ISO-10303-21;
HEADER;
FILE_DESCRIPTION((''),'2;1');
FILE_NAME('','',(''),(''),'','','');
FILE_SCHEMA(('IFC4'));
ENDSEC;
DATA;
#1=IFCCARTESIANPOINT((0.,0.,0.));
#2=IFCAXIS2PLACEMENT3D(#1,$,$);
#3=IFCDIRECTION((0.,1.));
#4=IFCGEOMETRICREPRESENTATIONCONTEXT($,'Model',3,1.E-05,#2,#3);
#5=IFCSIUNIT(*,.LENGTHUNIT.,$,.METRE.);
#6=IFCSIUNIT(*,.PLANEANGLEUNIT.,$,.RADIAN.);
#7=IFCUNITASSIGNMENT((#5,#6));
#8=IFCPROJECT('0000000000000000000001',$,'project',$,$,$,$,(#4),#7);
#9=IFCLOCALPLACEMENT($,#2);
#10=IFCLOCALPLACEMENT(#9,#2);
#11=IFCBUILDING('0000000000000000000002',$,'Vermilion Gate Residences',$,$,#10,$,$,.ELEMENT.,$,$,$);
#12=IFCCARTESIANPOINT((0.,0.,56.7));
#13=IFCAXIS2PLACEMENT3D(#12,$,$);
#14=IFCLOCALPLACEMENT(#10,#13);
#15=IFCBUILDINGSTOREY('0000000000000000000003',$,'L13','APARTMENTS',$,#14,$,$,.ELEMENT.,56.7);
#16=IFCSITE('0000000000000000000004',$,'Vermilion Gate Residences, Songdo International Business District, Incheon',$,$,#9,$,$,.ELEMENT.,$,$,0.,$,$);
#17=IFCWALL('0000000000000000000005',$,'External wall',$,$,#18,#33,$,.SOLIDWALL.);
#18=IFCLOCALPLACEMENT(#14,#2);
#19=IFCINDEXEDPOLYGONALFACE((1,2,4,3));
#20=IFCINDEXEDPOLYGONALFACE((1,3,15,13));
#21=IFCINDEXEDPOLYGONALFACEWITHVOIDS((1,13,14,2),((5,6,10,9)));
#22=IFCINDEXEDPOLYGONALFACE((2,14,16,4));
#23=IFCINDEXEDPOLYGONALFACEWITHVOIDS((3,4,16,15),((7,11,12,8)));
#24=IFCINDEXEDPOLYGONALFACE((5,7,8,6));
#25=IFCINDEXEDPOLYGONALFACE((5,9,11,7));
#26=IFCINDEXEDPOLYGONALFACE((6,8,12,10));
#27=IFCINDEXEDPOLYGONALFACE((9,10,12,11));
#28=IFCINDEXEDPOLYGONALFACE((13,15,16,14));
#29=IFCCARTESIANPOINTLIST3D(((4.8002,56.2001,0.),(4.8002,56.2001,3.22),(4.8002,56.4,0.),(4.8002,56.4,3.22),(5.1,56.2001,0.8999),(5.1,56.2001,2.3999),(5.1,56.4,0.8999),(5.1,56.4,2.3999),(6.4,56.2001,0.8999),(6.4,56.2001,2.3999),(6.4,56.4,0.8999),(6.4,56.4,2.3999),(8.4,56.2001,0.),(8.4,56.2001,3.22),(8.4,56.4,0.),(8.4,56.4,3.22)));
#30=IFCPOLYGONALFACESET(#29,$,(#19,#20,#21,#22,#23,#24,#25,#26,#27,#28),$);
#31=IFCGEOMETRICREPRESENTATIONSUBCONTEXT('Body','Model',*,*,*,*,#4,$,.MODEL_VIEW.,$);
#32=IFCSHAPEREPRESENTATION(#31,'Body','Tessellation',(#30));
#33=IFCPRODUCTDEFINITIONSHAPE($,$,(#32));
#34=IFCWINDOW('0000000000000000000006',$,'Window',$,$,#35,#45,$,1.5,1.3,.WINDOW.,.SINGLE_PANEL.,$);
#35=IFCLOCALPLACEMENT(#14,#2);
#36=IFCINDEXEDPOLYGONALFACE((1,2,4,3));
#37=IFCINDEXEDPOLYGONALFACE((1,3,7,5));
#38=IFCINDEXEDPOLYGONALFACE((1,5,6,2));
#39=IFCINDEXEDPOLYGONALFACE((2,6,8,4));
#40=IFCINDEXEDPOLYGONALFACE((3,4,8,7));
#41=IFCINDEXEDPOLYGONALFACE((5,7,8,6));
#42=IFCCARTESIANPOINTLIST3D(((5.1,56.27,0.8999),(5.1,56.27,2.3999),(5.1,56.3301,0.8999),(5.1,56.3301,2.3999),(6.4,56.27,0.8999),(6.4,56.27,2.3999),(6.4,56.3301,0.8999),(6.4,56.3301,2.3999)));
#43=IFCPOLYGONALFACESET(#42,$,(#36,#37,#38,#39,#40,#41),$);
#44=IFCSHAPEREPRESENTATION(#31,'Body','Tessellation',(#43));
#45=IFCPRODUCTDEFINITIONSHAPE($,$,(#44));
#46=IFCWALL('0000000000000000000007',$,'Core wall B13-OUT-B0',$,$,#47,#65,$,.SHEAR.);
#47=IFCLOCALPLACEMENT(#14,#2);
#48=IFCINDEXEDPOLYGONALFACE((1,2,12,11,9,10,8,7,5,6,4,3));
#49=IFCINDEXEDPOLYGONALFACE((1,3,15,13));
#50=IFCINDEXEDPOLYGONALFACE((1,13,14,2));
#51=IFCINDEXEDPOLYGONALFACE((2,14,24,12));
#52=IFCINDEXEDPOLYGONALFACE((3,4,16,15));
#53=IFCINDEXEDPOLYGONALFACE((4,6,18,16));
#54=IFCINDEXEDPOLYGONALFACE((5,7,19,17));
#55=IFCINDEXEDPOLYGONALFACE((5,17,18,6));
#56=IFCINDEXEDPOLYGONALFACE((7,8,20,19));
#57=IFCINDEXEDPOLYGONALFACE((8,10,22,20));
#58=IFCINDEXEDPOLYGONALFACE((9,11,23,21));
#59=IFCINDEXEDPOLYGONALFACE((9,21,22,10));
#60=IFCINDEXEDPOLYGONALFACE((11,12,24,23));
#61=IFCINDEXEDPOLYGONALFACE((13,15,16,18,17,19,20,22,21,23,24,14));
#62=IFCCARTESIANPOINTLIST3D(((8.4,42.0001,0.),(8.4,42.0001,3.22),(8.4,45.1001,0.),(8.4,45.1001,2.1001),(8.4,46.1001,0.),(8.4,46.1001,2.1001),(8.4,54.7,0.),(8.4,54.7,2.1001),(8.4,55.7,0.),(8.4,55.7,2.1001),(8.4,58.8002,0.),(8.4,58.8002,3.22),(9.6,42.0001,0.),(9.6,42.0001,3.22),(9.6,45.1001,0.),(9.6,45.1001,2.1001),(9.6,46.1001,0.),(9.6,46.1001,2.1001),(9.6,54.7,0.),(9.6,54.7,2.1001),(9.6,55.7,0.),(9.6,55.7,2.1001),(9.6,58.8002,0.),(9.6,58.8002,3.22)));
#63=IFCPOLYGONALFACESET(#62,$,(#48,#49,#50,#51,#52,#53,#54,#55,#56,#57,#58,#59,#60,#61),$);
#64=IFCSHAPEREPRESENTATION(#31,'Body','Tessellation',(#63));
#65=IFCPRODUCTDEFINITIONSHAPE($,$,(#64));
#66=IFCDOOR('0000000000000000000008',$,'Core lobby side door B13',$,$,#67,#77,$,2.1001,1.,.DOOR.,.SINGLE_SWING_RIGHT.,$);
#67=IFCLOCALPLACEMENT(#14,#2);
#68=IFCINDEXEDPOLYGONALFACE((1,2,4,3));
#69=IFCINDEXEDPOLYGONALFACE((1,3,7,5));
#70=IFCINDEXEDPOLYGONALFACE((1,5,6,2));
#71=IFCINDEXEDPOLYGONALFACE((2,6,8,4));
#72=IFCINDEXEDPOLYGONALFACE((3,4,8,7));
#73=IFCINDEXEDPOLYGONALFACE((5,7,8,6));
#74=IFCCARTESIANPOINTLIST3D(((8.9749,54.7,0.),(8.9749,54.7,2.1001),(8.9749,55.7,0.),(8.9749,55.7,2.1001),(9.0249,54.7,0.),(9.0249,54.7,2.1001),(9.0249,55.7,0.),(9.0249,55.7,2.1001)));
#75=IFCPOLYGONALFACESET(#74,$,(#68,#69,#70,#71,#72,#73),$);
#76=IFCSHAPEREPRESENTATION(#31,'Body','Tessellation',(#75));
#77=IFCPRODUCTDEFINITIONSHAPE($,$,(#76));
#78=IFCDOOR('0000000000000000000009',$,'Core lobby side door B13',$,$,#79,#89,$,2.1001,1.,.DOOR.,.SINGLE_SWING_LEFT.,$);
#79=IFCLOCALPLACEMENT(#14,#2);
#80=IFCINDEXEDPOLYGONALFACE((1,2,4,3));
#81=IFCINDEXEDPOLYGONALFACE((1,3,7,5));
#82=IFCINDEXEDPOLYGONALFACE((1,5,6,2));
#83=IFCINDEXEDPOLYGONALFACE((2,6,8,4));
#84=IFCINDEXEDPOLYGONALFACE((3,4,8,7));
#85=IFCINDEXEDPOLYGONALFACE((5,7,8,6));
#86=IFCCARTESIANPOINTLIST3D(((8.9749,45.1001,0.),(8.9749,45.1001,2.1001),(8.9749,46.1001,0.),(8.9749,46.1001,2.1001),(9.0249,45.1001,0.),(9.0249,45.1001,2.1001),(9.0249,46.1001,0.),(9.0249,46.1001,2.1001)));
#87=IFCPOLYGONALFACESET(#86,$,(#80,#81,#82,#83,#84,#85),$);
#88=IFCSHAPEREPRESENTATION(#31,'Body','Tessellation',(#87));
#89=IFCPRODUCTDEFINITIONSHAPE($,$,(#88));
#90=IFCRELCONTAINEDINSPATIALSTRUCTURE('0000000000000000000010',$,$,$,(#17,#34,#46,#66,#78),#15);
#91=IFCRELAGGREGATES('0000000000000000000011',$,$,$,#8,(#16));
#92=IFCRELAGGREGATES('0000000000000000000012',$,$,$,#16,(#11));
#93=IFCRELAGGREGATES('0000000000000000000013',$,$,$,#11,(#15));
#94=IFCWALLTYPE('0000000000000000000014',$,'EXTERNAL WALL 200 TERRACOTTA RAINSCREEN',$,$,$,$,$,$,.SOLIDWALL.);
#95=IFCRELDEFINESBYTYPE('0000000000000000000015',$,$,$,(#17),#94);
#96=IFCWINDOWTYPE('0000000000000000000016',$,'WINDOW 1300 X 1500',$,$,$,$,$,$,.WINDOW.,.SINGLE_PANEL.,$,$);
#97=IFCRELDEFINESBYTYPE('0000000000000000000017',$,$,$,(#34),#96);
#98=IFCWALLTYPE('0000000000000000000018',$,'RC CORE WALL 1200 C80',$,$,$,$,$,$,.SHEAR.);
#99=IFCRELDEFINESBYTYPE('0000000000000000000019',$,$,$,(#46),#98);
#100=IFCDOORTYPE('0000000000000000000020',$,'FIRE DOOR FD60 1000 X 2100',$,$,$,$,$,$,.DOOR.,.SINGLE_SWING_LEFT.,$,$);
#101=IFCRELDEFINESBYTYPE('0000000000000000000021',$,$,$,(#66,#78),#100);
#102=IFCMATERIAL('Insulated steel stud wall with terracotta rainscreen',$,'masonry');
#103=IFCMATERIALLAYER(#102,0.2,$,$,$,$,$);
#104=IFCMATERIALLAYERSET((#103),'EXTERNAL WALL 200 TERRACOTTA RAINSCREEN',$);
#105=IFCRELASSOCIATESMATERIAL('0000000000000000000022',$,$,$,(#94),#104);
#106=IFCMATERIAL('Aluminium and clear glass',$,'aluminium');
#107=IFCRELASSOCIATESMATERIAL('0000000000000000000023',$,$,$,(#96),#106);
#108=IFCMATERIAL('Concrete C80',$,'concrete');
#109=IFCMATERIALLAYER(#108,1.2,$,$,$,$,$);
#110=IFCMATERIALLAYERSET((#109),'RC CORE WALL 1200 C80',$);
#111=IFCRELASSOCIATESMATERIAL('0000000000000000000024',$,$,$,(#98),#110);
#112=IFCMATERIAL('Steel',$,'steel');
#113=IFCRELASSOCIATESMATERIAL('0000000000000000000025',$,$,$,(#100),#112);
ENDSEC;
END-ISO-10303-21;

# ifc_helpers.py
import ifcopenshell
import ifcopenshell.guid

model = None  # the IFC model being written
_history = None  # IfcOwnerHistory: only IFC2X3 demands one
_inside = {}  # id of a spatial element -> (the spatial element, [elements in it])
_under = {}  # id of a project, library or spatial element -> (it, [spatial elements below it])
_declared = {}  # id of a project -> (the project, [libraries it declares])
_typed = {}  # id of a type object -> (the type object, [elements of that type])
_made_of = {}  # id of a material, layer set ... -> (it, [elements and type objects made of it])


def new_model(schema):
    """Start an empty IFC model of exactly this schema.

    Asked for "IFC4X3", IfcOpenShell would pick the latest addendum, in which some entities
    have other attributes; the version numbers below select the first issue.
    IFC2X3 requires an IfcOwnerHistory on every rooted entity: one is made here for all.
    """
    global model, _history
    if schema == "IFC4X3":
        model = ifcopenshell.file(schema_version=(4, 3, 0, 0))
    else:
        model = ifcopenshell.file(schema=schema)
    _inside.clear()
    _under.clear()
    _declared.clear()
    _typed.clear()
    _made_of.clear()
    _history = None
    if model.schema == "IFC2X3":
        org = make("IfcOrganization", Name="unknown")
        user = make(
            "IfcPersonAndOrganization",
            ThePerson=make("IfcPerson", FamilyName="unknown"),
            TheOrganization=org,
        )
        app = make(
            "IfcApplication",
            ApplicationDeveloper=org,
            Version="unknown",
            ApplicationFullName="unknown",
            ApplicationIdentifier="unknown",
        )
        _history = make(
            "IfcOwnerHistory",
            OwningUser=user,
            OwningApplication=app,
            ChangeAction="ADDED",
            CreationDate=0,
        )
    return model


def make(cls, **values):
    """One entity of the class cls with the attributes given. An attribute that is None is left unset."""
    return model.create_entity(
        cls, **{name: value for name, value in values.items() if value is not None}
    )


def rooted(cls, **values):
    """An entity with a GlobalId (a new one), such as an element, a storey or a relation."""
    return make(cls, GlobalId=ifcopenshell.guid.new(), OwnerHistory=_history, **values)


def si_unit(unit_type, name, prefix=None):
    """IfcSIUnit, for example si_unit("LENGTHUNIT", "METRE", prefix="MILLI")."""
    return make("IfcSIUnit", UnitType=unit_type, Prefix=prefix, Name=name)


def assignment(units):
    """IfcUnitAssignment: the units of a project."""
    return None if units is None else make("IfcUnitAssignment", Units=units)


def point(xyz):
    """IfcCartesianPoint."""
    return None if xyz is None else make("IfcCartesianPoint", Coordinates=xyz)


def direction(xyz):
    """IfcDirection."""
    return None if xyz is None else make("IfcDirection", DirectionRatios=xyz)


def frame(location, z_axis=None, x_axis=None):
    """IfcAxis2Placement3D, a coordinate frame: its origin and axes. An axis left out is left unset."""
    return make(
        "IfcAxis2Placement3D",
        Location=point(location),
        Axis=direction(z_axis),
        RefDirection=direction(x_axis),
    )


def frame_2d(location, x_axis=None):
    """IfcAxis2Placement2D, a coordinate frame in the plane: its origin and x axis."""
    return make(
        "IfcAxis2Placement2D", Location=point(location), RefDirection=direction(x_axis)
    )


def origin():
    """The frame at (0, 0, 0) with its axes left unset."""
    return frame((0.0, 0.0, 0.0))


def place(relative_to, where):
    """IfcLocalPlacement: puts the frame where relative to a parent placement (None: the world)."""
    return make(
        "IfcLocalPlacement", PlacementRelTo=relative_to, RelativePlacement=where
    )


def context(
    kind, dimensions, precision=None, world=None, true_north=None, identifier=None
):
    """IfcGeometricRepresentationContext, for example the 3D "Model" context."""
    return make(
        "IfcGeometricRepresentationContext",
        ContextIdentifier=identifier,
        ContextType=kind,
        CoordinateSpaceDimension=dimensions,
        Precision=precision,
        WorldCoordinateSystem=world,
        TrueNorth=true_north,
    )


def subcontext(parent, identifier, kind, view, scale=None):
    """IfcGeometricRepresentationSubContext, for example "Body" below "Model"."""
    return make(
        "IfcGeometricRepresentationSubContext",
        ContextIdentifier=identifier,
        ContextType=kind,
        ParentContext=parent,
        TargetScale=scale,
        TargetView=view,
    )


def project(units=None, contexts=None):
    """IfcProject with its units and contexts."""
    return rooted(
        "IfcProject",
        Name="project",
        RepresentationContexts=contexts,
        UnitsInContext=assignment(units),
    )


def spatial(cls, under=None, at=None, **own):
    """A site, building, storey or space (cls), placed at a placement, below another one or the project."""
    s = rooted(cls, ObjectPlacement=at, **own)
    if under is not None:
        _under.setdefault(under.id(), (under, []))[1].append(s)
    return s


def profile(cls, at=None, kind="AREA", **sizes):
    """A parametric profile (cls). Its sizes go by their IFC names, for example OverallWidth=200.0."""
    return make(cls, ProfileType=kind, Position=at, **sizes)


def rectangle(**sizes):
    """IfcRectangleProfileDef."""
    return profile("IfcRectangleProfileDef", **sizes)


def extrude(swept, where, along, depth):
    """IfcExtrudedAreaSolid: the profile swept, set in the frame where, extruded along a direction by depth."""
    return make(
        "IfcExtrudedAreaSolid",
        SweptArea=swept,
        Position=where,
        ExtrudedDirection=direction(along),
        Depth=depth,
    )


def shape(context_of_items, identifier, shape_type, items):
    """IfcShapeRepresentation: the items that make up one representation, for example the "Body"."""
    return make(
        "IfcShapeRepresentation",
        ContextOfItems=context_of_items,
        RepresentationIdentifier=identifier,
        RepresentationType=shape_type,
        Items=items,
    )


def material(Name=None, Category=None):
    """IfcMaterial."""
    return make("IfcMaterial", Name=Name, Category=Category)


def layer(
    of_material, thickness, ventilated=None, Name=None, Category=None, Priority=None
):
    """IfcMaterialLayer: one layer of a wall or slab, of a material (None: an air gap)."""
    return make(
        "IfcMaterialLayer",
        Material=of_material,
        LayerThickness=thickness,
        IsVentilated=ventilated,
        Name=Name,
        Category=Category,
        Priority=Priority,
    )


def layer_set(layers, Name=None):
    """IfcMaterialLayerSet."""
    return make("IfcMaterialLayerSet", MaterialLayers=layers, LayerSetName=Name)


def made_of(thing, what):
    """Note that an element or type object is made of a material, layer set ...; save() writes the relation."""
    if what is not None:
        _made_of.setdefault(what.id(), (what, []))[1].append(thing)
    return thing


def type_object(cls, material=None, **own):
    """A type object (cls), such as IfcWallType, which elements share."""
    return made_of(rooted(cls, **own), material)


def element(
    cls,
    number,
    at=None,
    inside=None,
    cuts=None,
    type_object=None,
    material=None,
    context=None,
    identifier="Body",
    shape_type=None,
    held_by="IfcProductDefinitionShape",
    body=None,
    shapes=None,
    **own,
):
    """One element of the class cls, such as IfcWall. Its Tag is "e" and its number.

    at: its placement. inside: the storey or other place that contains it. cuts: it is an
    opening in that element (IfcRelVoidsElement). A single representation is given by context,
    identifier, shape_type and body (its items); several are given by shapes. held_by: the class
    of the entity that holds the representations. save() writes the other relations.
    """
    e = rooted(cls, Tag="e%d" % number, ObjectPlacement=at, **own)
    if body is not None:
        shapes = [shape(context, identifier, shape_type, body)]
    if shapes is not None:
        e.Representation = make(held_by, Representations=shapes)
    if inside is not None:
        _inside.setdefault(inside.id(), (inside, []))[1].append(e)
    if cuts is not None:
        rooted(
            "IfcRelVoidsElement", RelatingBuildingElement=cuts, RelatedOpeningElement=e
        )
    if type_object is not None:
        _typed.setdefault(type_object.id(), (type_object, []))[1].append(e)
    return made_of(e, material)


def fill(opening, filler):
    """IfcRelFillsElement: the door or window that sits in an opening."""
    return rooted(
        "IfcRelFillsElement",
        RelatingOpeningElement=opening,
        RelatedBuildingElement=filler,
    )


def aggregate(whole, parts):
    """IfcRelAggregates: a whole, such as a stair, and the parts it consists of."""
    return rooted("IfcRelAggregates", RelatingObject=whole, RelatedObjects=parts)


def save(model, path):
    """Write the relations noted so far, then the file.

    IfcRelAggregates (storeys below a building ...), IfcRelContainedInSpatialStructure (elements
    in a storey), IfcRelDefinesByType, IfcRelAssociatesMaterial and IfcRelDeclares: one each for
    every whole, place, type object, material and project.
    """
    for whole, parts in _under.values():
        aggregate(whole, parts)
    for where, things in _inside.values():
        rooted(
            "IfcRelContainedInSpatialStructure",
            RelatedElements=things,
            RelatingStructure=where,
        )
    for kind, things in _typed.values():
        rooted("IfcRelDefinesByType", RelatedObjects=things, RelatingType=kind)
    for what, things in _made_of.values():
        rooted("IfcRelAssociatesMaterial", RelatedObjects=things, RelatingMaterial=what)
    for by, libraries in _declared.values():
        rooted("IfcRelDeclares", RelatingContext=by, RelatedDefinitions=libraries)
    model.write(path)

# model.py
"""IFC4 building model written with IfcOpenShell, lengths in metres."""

from ifc_helpers import new_model, si_unit, direction, frame, frame_2d, origin, place, context, subcontext, project, spatial, rectangle, extrude, material, layer, layer_set, type_object, element, fill, save


model = new_model("IFC4")

# Units and contexts
model_context = context("Model", 3, precision=1e-05, world=origin(), true_north=direction((0.0, 1.0)))
body_context = subcontext(model_context, "Body", "Model", "MODEL_VIEW")
ifc_project = project(units=[si_unit("LENGTHUNIT", "METRE"), si_unit("PLANEANGLEUNIT", "RADIAN")], contexts=[model_context])

# Site, building, storey
site_placement = place(None, origin())
site = spatial("IfcSite", under=ifc_project, at=site_placement, Name="Vermilion Gate Residences, Songdo International Business District, Incheon", CompositionType="ELEMENT", RefElevation=0.0)
building_placement = place(site_placement, origin())
building = spatial("IfcBuilding", under=site, at=building_placement, Name="Vermilion Gate Residences", CompositionType="ELEMENT")
storey_placement = place(building_placement, frame((0.0, 0.0, 56.7)))
storey = spatial("IfcBuildingStorey", under=building, at=storey_placement, Name="L13", Description="APARTMENTS", CompositionType="ELEMENT", Elevation=56.7)

# Wall, opening, window
ifc_material_1 = material(Name="Insulated steel stud wall with terracotta rainscreen", Category="masonry")
ifc_layer_1 = layer(ifc_material_1, 0.2)
ifc_layer_set_1 = layer_set([ifc_layer_1], Name="EXTERNAL WALL 200 TERRACOTTA RAINSCREEN")
wall_type_1 = type_object("IfcWallType", Name="EXTERNAL WALL 200 TERRACOTTA RAINSCREEN", PredefinedType="SOLIDWALL", material=ifc_layer_set_1)
wall_1_placement = place(storey_placement, frame((8.3999, 56.3, 0.0), z_axis=(0.0, 0.0, 1.0), x_axis=(-1.0, 0.0, 0.0)))
wall_1 = element("IfcWall", 1, at=wall_1_placement, inside=storey, type_object=wall_type_1, Name="External wall", PredefinedType="SOLIDWALL", context=body_context, shape_type="SweptSolid", body=[
    extrude(rectangle(XDim=3.5999, YDim=0.2, at=frame_2d((1.7998, 0.0))), origin(), (0.0, 0.0, 1.0), 3.22),
])
opening_1_placement = place(wall_1_placement, frame((2.0, 0.0, 0.8999)))
opening_1 = element("IfcOpeningElement", 2, at=opening_1_placement, cuts=wall_1, PredefinedType="OPENING", context=body_context, shape_type="SweptSolid", body=[
    extrude(rectangle(XDim=1.3, YDim=1.5, at=frame_2d((0.6499, 0.75))), frame((0.0, 0.1099, 0.0), z_axis=(0.0, -1.0, 0.0), x_axis=(1.0, 0.0, 0.0)), (0.0, 0.0, 1.0), 0.22),
])
ifc_material_2 = material(Name="Aluminium and clear glass", Category="aluminium")
window_type_1 = type_object("IfcWindowType", Name="WINDOW 1300 X 1500", PartitioningType="SINGLE_PANEL", PredefinedType="WINDOW", material=ifc_material_2)
window_1_placement = place(opening_1_placement, origin())
window_1 = element("IfcWindow", 3, at=window_1_placement, inside=storey, type_object=window_type_1, Name="Window", OverallHeight=1.5, OverallWidth=1.3, PartitioningType="SINGLE_PANEL", PredefinedType="WINDOW", context=body_context, shape_type="SweptSolid", body=[
    extrude(rectangle(XDim=1.3, YDim=1.5, at=frame_2d((0.6499, 0.75))), frame((0.0, 0.03, 0.0), z_axis=(0.0, -1.0, 0.0), x_axis=(1.0, 0.0, 0.0)), (0.0, 0.0, 1.0), 0.0601),
])
fill(opening_1, window_1)

# Wall, openings, doors
ifc_material_3 = material(Name="Concrete C80", Category="concrete")
ifc_layer_2 = layer(ifc_material_3, 1.2)
ifc_layer_set_2 = layer_set([ifc_layer_2], Name="RC CORE WALL 1200 C80")
wall_type_2 = type_object("IfcWallType", Name="RC CORE WALL 1200 C80", PredefinedType="SHEAR", material=ifc_layer_set_2)
wall_2_placement = place(storey_placement, frame((9.0, 58.8, 0.0), z_axis=(0.0, 0.0, 1.0), x_axis=(0.0, -1.0, 0.0)))
wall_2 = element("IfcWall", 4, at=wall_2_placement, inside=storey, type_object=wall_type_2, Name="Core wall B13-OUT-B0", PredefinedType="SHEAR", context=body_context, shape_type="SweptSolid", body=[
    extrude(rectangle(XDim=16.8, YDim=1.2, at=frame_2d((8.3999, 0.0))), origin(), (0.0, 0.0, 1.0), 3.22),
])
opening_2_placement = place(wall_2_placement, frame((3.1001, 0.0, 0.0)))
opening_2 = element("IfcOpeningElement", 5, at=opening_2_placement, cuts=wall_2, PredefinedType="OPENING", context=body_context, shape_type="SweptSolid", body=[
    extrude(rectangle(XDim=1.0, YDim=2.1001, at=frame_2d((0.5, 1.05))), frame((0.0, 0.6099, 0.0), z_axis=(0.0, -1.0, 0.0), x_axis=(1.0, 0.0, 0.0)), (0.0, 0.0, 1.0), 1.22),
])
opening_3_placement = place(wall_2_placement, frame((12.7, 0.0, 0.0)))
opening_3 = element("IfcOpeningElement", 6, at=opening_3_placement, cuts=wall_2, PredefinedType="OPENING", context=body_context, shape_type="SweptSolid", body=[
    extrude(rectangle(XDim=1.0, YDim=2.1001, at=frame_2d((0.5, 1.05))), frame((0.0, 0.6099, 0.0), z_axis=(0.0, -1.0, 0.0), x_axis=(1.0, 0.0, 0.0)), (0.0, 0.0, 1.0), 1.22),
])
ifc_material_4 = material(Name="Steel", Category="steel")
door_type_1 = type_object("IfcDoorType", Name="FIRE DOOR FD60 1000 X 2100", OperationType="SINGLE_SWING_LEFT", PredefinedType="DOOR", material=ifc_material_4)
door_1_placement = place(opening_2_placement, origin())
door_1 = element("IfcDoor", 7, at=door_1_placement, inside=storey, type_object=door_type_1, Name="Core lobby side door B13", OperationType="SINGLE_SWING_RIGHT", OverallHeight=2.1001, OverallWidth=1.0, PredefinedType="DOOR", context=body_context, shape_type="SweptSolid", body=[
    extrude(rectangle(XDim=1.0, YDim=2.1001, at=frame_2d((0.5, 1.05))), frame((0.0, 0.0249, 0.0), z_axis=(0.0, -1.0, 0.0), x_axis=(1.0, 0.0, 0.0)), (0.0, 0.0, 1.0), 0.05),
])
fill(opening_2, door_1)
door_2_placement = place(opening_3_placement, origin())
door_2 = element("IfcDoor", 8, at=door_2_placement, inside=storey, type_object=door_type_1, Name="Core lobby side door B13", OperationType="SINGLE_SWING_LEFT", OverallHeight=2.1001, OverallWidth=1.0, PredefinedType="DOOR", context=body_context, shape_type="SweptSolid", body=[
    extrude(rectangle(XDim=1.0, YDim=2.1001, at=frame_2d((0.5, 1.05))), frame((0.0, 0.0249, 0.0), z_axis=(0.0, -1.0, 0.0), x_axis=(1.0, 0.0, 0.0)), (0.0, 0.0, 1.0), 0.05),
])
fill(opening_3, door_2)

save(model, "model.ifc")
